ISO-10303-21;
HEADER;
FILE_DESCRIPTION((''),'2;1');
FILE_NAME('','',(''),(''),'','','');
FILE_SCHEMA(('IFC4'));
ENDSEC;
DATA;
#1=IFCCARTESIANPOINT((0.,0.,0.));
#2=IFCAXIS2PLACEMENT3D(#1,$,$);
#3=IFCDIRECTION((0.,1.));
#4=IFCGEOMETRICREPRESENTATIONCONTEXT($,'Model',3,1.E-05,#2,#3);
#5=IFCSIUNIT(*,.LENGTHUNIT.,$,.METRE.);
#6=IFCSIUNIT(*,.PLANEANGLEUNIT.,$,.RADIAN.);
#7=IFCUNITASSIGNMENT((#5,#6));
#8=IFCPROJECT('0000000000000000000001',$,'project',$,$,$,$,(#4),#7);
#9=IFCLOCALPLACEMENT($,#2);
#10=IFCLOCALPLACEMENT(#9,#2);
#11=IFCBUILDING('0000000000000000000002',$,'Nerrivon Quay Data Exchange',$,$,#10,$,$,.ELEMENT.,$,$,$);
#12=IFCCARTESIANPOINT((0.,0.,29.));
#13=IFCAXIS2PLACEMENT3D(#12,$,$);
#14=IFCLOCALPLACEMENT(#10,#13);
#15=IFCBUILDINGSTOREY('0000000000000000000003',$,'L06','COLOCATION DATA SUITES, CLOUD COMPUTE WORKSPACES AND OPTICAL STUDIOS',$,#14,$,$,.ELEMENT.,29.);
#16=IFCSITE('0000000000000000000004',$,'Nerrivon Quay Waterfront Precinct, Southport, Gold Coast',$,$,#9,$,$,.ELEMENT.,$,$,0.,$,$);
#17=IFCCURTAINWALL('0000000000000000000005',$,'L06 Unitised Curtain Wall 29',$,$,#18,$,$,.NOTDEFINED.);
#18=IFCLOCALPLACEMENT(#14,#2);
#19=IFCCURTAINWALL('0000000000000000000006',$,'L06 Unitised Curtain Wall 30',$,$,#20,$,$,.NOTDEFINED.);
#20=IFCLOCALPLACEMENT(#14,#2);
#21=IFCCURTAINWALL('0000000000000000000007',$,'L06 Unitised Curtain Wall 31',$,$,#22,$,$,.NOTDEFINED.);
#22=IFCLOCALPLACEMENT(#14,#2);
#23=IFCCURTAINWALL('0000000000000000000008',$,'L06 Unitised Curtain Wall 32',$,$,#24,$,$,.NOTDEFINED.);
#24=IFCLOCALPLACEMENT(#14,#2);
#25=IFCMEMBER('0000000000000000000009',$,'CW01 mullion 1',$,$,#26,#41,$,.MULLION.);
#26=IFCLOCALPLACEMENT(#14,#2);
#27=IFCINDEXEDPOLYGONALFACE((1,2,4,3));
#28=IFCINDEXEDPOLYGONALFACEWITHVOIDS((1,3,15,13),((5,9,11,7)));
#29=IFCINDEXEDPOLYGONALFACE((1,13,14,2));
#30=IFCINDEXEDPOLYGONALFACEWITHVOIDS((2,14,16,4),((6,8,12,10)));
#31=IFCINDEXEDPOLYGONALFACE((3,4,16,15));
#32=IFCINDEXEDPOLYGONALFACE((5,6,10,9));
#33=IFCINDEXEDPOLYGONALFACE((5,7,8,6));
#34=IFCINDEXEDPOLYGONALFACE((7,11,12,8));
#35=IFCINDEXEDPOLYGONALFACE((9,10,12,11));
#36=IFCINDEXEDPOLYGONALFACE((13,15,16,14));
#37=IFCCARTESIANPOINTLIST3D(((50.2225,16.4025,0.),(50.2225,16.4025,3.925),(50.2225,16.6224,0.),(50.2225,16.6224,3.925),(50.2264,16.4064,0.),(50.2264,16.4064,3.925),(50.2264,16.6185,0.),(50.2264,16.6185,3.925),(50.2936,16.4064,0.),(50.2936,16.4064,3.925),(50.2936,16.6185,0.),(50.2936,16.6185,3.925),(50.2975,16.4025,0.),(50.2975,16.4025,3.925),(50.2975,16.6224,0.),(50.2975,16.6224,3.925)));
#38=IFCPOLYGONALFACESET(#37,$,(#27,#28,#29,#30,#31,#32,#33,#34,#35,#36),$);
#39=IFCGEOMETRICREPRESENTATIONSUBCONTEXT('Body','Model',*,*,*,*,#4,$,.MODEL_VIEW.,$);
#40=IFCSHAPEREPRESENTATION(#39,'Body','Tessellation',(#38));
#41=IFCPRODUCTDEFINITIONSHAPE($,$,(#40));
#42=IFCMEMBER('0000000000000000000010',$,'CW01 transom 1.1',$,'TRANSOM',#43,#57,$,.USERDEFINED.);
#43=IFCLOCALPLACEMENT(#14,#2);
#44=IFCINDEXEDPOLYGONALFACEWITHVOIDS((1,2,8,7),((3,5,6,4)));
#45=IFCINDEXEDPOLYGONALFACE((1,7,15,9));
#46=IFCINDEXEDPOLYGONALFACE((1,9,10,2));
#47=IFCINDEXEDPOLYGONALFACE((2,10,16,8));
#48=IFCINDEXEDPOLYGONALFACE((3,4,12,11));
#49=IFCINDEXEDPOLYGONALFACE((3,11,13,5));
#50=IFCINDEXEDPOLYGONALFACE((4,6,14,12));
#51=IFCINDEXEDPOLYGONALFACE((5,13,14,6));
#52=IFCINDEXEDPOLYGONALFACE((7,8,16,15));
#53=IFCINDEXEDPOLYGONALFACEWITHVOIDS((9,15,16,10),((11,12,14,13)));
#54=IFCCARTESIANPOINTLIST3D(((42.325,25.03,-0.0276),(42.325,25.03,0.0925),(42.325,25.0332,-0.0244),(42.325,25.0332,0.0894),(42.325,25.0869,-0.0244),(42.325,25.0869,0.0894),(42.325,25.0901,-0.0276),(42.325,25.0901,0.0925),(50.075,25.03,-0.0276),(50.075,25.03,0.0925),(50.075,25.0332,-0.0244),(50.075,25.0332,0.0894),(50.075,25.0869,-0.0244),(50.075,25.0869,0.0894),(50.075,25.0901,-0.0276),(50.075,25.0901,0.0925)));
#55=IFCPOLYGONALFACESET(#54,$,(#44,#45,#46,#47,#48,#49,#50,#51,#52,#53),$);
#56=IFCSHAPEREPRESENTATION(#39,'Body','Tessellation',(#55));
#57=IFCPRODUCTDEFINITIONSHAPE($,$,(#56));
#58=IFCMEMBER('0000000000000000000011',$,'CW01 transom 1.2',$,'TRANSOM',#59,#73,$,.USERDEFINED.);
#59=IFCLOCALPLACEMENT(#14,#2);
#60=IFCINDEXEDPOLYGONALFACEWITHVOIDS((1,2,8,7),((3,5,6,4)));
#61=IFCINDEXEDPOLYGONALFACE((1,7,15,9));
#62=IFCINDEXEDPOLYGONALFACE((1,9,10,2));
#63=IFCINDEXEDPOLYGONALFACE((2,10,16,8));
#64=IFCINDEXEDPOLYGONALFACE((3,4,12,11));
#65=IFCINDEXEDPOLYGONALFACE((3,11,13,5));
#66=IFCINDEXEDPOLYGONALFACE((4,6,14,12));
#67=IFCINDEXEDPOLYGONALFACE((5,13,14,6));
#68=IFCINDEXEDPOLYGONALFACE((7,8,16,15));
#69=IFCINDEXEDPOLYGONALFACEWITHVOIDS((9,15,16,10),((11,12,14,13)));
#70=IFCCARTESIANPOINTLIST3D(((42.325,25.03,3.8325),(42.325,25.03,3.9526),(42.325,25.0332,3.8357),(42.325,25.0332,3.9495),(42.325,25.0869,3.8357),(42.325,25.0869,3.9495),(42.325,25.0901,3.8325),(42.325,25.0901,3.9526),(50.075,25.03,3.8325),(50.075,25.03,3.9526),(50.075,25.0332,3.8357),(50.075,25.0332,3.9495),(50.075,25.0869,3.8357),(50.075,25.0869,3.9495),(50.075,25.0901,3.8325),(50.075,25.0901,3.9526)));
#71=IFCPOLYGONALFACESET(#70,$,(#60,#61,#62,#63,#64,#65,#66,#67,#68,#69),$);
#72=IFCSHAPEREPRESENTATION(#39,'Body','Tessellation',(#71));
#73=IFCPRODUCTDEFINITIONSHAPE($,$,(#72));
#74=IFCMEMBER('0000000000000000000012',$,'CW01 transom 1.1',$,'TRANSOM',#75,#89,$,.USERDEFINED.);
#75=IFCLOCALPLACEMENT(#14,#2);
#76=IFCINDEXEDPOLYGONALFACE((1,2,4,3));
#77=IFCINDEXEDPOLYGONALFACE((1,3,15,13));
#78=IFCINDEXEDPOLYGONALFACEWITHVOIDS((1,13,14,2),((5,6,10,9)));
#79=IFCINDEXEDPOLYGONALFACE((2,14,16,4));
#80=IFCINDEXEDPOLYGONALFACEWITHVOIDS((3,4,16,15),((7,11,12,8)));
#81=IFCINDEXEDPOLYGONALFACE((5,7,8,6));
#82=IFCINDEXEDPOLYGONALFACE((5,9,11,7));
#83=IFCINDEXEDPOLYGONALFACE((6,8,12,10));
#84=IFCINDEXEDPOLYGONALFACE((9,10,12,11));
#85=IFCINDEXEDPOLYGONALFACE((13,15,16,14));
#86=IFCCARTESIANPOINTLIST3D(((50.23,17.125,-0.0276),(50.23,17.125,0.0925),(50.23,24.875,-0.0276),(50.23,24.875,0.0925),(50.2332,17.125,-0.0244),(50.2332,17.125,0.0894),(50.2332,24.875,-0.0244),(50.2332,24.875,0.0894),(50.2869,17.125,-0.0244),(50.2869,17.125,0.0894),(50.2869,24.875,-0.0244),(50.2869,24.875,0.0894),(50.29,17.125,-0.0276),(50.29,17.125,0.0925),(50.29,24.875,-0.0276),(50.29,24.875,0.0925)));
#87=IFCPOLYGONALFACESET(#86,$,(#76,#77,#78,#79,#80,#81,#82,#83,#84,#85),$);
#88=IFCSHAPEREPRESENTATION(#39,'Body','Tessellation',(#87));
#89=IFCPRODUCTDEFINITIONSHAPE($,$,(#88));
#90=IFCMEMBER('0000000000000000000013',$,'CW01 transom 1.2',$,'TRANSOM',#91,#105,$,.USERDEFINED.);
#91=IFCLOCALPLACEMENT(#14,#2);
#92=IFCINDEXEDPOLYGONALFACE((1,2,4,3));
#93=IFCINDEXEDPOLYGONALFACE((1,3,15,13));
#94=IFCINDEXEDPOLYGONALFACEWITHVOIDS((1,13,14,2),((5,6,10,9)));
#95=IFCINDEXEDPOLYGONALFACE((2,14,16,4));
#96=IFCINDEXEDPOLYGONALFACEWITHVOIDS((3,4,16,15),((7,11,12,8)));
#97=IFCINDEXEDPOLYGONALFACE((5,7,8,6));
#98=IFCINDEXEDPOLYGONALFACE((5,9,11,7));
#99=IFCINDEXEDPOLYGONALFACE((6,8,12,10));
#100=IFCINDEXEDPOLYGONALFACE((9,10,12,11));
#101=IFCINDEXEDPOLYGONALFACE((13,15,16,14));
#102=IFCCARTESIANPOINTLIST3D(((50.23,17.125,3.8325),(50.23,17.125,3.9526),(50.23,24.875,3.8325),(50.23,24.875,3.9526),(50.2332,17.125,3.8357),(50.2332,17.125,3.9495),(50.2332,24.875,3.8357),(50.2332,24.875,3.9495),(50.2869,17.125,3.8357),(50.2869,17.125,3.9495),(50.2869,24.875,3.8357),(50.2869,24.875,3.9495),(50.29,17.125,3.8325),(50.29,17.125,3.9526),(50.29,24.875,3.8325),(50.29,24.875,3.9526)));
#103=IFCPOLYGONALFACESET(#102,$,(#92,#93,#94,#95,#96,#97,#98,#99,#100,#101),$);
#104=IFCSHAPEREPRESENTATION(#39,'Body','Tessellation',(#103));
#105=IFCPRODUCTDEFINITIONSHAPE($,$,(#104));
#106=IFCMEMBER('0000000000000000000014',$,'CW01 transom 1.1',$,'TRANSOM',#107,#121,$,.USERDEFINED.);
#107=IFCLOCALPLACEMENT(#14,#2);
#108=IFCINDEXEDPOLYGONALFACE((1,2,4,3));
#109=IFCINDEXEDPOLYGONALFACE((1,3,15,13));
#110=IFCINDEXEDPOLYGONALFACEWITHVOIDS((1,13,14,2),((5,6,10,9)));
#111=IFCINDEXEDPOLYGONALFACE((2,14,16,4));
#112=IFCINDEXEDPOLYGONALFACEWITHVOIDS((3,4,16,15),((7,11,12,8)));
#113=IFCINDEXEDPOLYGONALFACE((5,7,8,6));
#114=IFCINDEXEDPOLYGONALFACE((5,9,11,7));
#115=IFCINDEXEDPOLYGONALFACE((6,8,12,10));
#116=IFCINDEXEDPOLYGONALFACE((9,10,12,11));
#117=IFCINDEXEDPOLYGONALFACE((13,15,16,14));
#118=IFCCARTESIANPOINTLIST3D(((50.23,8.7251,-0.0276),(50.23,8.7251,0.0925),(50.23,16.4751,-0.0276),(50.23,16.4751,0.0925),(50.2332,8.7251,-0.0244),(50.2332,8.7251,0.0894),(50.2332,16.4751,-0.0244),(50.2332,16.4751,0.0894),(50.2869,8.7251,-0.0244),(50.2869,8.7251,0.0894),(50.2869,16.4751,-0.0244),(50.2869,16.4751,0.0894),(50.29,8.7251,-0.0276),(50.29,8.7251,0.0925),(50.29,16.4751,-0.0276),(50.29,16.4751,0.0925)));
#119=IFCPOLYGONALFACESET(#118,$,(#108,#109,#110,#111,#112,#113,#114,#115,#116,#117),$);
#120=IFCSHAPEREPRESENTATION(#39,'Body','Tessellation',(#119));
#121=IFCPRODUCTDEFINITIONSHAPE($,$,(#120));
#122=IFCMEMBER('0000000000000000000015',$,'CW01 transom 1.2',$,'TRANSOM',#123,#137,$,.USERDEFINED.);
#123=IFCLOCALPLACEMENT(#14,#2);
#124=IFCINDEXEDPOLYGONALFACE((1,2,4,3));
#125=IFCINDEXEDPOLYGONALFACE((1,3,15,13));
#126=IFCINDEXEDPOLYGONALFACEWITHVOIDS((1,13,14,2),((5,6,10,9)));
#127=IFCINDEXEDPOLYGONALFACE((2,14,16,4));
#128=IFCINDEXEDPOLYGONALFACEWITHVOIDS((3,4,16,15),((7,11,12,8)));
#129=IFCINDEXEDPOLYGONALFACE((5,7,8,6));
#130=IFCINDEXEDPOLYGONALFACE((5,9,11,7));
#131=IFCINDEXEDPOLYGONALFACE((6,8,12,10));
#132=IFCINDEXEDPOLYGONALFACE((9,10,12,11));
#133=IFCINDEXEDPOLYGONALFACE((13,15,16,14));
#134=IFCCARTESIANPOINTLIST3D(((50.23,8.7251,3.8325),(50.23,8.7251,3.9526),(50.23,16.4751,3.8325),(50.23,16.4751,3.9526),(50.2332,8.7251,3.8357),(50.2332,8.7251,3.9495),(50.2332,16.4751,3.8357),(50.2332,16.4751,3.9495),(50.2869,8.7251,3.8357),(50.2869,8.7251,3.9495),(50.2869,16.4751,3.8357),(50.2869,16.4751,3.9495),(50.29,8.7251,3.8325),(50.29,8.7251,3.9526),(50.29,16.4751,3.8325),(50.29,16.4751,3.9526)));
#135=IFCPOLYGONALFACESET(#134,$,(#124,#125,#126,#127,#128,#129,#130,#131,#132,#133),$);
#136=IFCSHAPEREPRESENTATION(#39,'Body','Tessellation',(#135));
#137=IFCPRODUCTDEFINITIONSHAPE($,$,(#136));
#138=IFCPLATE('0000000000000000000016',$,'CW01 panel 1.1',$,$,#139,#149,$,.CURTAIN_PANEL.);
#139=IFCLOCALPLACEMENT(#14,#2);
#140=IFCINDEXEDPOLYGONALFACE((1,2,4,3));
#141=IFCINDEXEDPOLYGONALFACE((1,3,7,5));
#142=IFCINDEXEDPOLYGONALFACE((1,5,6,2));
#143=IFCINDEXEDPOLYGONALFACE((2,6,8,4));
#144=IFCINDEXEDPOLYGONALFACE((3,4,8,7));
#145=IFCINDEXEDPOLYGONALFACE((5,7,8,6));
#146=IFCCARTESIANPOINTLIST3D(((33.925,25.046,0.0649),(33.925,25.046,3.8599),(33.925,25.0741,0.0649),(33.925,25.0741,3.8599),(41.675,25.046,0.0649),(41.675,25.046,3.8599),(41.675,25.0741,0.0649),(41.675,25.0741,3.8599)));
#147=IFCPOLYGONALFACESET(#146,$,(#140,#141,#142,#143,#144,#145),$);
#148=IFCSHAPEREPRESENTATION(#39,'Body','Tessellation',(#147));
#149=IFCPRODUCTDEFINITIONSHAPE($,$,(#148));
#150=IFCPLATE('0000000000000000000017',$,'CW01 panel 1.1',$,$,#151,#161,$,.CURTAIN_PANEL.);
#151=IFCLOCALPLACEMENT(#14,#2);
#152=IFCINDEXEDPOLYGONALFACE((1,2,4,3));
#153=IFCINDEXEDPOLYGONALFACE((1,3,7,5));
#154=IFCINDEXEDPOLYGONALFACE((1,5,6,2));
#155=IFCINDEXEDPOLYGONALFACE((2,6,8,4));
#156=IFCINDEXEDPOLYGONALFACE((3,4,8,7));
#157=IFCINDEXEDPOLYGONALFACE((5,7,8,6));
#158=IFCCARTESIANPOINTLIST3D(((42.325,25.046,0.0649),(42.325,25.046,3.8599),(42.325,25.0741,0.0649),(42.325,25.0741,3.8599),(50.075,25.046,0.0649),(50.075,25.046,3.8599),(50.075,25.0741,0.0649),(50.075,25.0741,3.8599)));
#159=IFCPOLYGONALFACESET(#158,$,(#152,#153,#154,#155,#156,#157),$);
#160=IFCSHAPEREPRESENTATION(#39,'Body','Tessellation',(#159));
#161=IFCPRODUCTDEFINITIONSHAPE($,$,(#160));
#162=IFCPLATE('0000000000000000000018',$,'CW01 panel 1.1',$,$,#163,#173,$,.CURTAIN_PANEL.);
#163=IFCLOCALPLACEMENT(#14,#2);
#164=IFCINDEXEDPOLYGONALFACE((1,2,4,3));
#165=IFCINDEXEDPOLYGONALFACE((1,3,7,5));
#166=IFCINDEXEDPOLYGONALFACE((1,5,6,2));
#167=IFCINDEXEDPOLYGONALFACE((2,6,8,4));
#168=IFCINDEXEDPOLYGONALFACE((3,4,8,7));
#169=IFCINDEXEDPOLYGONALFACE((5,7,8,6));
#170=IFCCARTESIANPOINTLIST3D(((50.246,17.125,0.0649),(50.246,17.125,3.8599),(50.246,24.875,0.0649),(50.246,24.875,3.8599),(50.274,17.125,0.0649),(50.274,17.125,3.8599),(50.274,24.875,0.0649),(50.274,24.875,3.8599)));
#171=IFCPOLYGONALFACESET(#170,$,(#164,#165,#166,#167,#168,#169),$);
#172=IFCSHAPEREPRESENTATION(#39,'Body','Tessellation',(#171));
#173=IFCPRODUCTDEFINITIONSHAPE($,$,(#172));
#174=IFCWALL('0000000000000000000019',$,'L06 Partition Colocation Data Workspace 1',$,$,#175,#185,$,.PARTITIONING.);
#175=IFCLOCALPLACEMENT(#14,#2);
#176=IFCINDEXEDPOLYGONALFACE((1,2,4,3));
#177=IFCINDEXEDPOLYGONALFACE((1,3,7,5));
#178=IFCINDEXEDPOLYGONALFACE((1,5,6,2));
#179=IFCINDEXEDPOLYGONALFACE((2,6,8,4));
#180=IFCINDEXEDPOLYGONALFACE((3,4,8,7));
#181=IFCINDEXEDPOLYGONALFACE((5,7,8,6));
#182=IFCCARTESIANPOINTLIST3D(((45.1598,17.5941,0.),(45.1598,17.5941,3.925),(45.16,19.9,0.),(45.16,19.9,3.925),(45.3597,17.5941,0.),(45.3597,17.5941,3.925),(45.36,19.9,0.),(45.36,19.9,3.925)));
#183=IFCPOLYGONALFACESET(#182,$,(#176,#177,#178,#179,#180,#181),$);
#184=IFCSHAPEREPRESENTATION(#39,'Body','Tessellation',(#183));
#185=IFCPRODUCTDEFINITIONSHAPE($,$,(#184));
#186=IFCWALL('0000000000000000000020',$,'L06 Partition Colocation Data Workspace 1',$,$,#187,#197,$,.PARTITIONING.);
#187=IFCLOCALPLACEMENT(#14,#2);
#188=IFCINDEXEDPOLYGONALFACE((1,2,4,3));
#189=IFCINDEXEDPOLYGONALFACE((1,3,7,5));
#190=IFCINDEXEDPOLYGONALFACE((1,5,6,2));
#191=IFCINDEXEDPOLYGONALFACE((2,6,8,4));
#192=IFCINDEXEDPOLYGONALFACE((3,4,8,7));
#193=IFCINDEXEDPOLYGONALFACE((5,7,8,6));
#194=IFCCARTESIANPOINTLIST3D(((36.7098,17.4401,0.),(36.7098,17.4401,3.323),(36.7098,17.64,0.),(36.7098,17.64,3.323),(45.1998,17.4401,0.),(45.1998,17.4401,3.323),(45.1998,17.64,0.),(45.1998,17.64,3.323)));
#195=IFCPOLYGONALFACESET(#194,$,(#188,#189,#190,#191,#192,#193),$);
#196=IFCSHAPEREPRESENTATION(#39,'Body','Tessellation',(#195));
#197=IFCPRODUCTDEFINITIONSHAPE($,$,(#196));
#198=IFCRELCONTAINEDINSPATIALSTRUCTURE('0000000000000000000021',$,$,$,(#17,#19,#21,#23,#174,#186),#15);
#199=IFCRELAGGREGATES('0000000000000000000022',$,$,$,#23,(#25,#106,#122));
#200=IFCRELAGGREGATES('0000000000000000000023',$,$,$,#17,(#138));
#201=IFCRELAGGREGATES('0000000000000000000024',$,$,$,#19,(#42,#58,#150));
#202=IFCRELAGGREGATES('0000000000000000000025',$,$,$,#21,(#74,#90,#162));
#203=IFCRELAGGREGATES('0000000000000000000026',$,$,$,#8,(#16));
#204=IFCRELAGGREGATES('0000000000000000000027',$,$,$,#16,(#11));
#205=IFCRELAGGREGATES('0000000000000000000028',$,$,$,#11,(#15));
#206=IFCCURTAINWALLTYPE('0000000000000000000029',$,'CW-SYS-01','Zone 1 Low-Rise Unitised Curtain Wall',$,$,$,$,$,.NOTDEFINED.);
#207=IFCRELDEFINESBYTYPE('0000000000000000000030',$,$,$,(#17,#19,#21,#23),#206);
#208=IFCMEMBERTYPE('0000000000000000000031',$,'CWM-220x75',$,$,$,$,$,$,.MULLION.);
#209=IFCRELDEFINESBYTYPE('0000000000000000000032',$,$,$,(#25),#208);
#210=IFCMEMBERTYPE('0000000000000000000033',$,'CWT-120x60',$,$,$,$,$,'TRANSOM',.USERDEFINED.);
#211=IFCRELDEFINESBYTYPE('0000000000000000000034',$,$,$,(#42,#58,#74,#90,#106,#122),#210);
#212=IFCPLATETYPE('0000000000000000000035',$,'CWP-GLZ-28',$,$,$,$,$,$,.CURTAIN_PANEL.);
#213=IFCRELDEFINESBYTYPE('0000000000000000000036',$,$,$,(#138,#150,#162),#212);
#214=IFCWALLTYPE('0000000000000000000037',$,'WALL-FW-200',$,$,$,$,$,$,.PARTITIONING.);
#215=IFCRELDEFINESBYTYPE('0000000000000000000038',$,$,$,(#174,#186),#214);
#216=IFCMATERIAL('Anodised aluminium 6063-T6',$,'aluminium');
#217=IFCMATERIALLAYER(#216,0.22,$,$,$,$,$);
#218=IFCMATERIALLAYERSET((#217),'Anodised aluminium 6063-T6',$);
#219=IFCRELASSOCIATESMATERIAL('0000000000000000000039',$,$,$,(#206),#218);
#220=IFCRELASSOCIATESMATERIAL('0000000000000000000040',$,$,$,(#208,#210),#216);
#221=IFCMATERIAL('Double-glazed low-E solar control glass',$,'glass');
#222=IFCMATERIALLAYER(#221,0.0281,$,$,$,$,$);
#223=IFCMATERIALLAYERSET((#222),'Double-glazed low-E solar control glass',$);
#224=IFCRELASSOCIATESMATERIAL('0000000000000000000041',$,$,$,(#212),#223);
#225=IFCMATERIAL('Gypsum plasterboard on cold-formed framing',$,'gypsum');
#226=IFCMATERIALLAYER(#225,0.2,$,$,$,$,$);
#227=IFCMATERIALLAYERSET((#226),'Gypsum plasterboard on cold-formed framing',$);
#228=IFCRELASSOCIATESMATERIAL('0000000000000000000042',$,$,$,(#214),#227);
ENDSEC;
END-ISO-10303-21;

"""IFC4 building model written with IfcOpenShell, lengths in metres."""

from ifc_helpers import new_model, si_unit, direction, frame, frame_2d, origin, origin_2d, place, context, subcontext, project, spatial, rectangle, hollow_rectangle, extrude, material, layer, layer_set, material_profile, profile_set, type_object, element, aggregate, save


model = new_model("IFC4")

# Units and contexts
model_context = context("Model", 3, precision=1e-05, world=origin(), true_north=direction((0.0, 1.0)))
body_context = subcontext(model_context, "Body", "Model", "MODEL_VIEW")
ifc_project = project(units=[si_unit("LENGTHUNIT", "METRE"), si_unit("PLANEANGLEUNIT", "RADIAN")], contexts=[model_context])

# Site, building, storey
site_placement = place(None, origin())
site = spatial("IfcSite", under=ifc_project, at=site_placement, Name="Nerrivon Quay Waterfront Precinct, Southport, Gold Coast", CompositionType="ELEMENT", RefElevation=0.0)
building_placement = place(site_placement, origin())
building = spatial("IfcBuilding", under=site, at=building_placement, Name="Nerrivon Quay Data Exchange", CompositionType="ELEMENT")
storey_placement = place(building_placement, frame((0.0, 0.0, 29.0)))
storey = spatial("IfcBuildingStorey", under=building, at=storey_placement, Name="L06", Description="COLOCATION DATA SUITES, CLOUD COMPUTE WORKSPACES AND OPTICAL STUDIOS", CompositionType="ELEMENT", Elevation=29.0)

# Curtain wall
ifc_material_1 = material(Name="Anodised aluminium 6063-T6", Category="aluminium")
ifc_layer_1 = layer(ifc_material_1, 0.22)
ifc_layer_set_1 = layer_set([ifc_layer_1], Name="Anodised aluminium 6063-T6")
curtain_wall_type = type_object("IfcCurtainWallType", Name="CW-SYS-01", Description="Zone 1 Low-Rise Unitised Curtain Wall", PredefinedType="NOTDEFINED", material=ifc_layer_set_1)
curtain_wall_1_placement = place(storey_placement, origin())
curtain_wall_1 = element("IfcCurtainWall", 1, at=curtain_wall_1_placement, inside=storey, type_object=curtain_wall_type, Name="L06 Unitised Curtain Wall 29", PredefinedType="NOTDEFINED")
ifc_material_profile_1 = material_profile(ifc_material_1, hollow_rectangle(XDim=0.075, YDim=0.22, WallThickness=0.0039, at=origin_2d()), Name="ALU-MULL-220x75")
ifc_profile_set_1 = profile_set([ifc_material_profile_1], Name="Anodised aluminium 6063-T6")
member_type_1 = type_object("IfcMemberType", Name="CWM-220x75", PredefinedType="MULLION", material=ifc_profile_set_1)

# Curtain walls
curtain_wall_2_placement = place(storey_placement, origin())
curtain_wall_2 = element("IfcCurtainWall", 2, at=curtain_wall_2_placement, inside=storey, type_object=curtain_wall_type, Name="L06 Unitised Curtain Wall 30", PredefinedType="NOTDEFINED")
curtain_wall_3_placement = place(storey_placement, origin())
curtain_wall_3 = element("IfcCurtainWall", 3, at=curtain_wall_3_placement, inside=storey, type_object=curtain_wall_type, Name="L06 Unitised Curtain Wall 31", PredefinedType="NOTDEFINED")

# Curtain wall, member
curtain_wall_4_placement = place(storey_placement, origin())
curtain_wall_4 = element("IfcCurtainWall", 4, at=curtain_wall_4_placement, inside=storey, type_object=curtain_wall_type, Name="L06 Unitised Curtain Wall 32", PredefinedType="NOTDEFINED")
member_1_placement = place(storey_placement, frame((50.26, 16.5125, 0.0), z_axis=(0.0, 0.0, 1.0), x_axis=(1.0, 0.0, 0.0)))
member_1 = element("IfcMember", 5, at=member_1_placement, type_object=member_type_1, Name="CW01 mullion 1", PredefinedType="MULLION", context=body_context, shape_type="SweptSolid", body=[
    extrude(hollow_rectangle(XDim=0.075, YDim=0.22, WallThickness=0.0039, at=origin_2d()), origin(), (0.0, 0.0, 1.0), 3.925),
])

# Members
ifc_material_profile_2 = material_profile(ifc_material_1, hollow_rectangle(XDim=0.0601, YDim=0.1201, WallThickness=0.0032, at=origin_2d()), Name="ALU-TRAN-120x60")
ifc_profile_set_2 = profile_set([ifc_material_profile_2], Name="Anodised aluminium 6063-T6")
member_type_2 = type_object("IfcMemberType", Name="CWT-120x60", ElementType="TRANSOM", PredefinedType="USERDEFINED", material=ifc_profile_set_2)
member_2_placement = place(storey_placement, frame((42.325, 25.0601, 0.0325), z_axis=(1.0, 0.0, 0.0), x_axis=(0.0, 1.0, 0.0)))
member_2 = element("IfcMember", 6, at=member_2_placement, type_object=member_type_2, Name="CW01 transom 1.1", ObjectType="TRANSOM", PredefinedType="USERDEFINED", context=body_context, shape_type="SweptSolid", body=[
    extrude(hollow_rectangle(XDim=0.0601, YDim=0.1201, WallThickness=0.0032, at=origin_2d()), origin(), (0.0, 0.0, 1.0), 7.75),
])
member_3_placement = place(storey_placement, frame((42.325, 25.0601, 3.8926), z_axis=(1.0, 0.0, 0.0), x_axis=(0.0, 1.0, 0.0)))
member_3 = element("IfcMember", 7, at=member_3_placement, type_object=member_type_2, Name="CW01 transom 1.2", ObjectType="TRANSOM", PredefinedType="USERDEFINED", context=body_context, shape_type="SweptSolid", body=[
    extrude(hollow_rectangle(XDim=0.0601, YDim=0.1201, WallThickness=0.0032, at=origin_2d()), origin(), (0.0, 0.0, 1.0), 7.75),
])
member_4_placement = place(storey_placement, frame((50.26, 24.875, 0.0325), z_axis=(0.0, -1.0, 0.0), x_axis=(1.0, 0.0, 0.0)))
member_4 = element("IfcMember", 8, at=member_4_placement, type_object=member_type_2, Name="CW01 transom 1.1", ObjectType="TRANSOM", PredefinedType="USERDEFINED", context=body_context, shape_type="SweptSolid", body=[
    extrude(hollow_rectangle(XDim=0.0601, YDim=0.1201, WallThickness=0.0032, at=origin_2d()), origin(), (0.0, 0.0, 1.0), 7.75),
])
member_5_placement = place(storey_placement, frame((50.26, 24.875, 3.8926), z_axis=(0.0, -1.0, 0.0), x_axis=(1.0, 0.0, 0.0)))
member_5 = element("IfcMember", 9, at=member_5_placement, type_object=member_type_2, Name="CW01 transom 1.2", ObjectType="TRANSOM", PredefinedType="USERDEFINED", context=body_context, shape_type="SweptSolid", body=[
    extrude(hollow_rectangle(XDim=0.0601, YDim=0.1201, WallThickness=0.0032, at=origin_2d()), origin(), (0.0, 0.0, 1.0), 7.75),
])
member_6_placement = place(storey_placement, frame((50.26, 16.4751, 0.0325), z_axis=(0.0, -1.0, 0.0), x_axis=(1.0, 0.0, 0.0)))
member_6 = element("IfcMember", 10, at=member_6_placement, type_object=member_type_2, Name="CW01 transom 1.1", ObjectType="TRANSOM", PredefinedType="USERDEFINED", context=body_context, shape_type="SweptSolid", body=[
    extrude(hollow_rectangle(XDim=0.0601, YDim=0.1201, WallThickness=0.0032, at=origin_2d()), origin(), (0.0, 0.0, 1.0), 7.75),
])
member_7_placement = place(storey_placement, frame((50.26, 16.4751, 3.8926), z_axis=(0.0, -1.0, 0.0), x_axis=(1.0, 0.0, 0.0)))
member_7 = element("IfcMember", 11, at=member_7_placement, type_object=member_type_2, Name="CW01 transom 1.2", ObjectType="TRANSOM", PredefinedType="USERDEFINED", context=body_context, shape_type="SweptSolid", body=[
    extrude(hollow_rectangle(XDim=0.0601, YDim=0.1201, WallThickness=0.0032, at=origin_2d()), origin(), (0.0, 0.0, 1.0), 7.75),
])
aggregate(curtain_wall_4, [member_1, member_6, member_7])

# Plates
ifc_material_2 = material(Name="Double-glazed low-E solar control glass", Category="glass")
ifc_layer_2 = layer(ifc_material_2, 0.0281)
ifc_layer_set_2 = layer_set([ifc_layer_2], Name="Double-glazed low-E solar control glass")
plate_type = type_object("IfcPlateType", Name="CWP-GLZ-28", PredefinedType="CURTAIN_PANEL", material=ifc_layer_set_2)
plate_1_placement = place(storey_placement, frame((37.8, 25.0601, 0.0649), z_axis=(0.0, 0.0, 1.0), x_axis=(1.0, 0.0, 0.0)))
plate_1 = element("IfcPlate", 12, at=plate_1_placement, type_object=plate_type, Name="CW01 panel 1.1", PredefinedType="CURTAIN_PANEL", context=body_context, shape_type="SweptSolid", body=[
    extrude(rectangle(XDim=7.75, YDim=0.0281, at=origin_2d()), origin(), (0.0, 0.0, 1.0), 3.7949),
])
aggregate(curtain_wall_1, [plate_1])
plate_2_placement = place(storey_placement, frame((46.2, 25.0601, 0.0649), z_axis=(0.0, 0.0, 1.0), x_axis=(1.0, 0.0, 0.0)))
plate_2 = element("IfcPlate", 13, at=plate_2_placement, type_object=plate_type, Name="CW01 panel 1.1", PredefinedType="CURTAIN_PANEL", context=body_context, shape_type="SweptSolid", body=[
    extrude(rectangle(XDim=7.75, YDim=0.0281, at=origin_2d()), origin(), (0.0, 0.0, 1.0), 3.7949),
])
aggregate(curtain_wall_2, [member_2, member_3, plate_2])
plate_3_placement = place(storey_placement, frame((50.26, 21.0, 0.0649), z_axis=(0.0, 0.0, 1.0), x_axis=(0.0, -1.0, 0.0)))
plate_3 = element("IfcPlate", 14, at=plate_3_placement, type_object=plate_type, Name="CW01 panel 1.1", PredefinedType="CURTAIN_PANEL", context=body_context, shape_type="SweptSolid", body=[
    extrude(rectangle(XDim=7.75, YDim=0.0281, at=origin_2d()), origin(), (0.0, 0.0, 1.0), 3.7949),
])
aggregate(curtain_wall_3, [member_4, member_5, plate_3])

# Walls
ifc_material_3 = material(Name="Gypsum plasterboard on cold-formed framing", Category="gypsum")
ifc_layer_3 = layer(ifc_material_3, 0.2)
ifc_layer_set_3 = layer_set([ifc_layer_3], Name="Gypsum plasterboard on cold-formed framing")
wall_type = type_object("IfcWallType", Name="WALL-FW-200", PredefinedType="PARTITIONING", material=ifc_layer_set_3)
wall_1_placement = place(storey_placement, frame((45.26, 19.8999, 0.0), z_axis=(0.0, 0.0, 1.0), x_axis=(-0.000106, -1.0, 0.0)))
element("IfcWall", 15, at=wall_1_placement, inside=storey, type_object=wall_type, Name="L06 Partition Colocation Data Workspace 1", PredefinedType="PARTITIONING", context=body_context, shape_type="SweptSolid", body=[
    extrude(rectangle(XDim=2.3059, YDim=0.2, at=frame_2d((1.1528, 0.0))), origin(), (0.0, 0.0, 1.0), 3.925),
])
wall_2_placement = place(storey_placement, frame((45.2, 17.54, 0.0), z_axis=(0.0, 0.0, 1.0), x_axis=(-1.0, 0.0, 0.0)))
element("IfcWall", 16, at=wall_2_placement, inside=storey, type_object=wall_type, Name="L06 Partition Colocation Data Workspace 1", PredefinedType="PARTITIONING", context=body_context, shape_type="SweptSolid", body=[
    extrude(rectangle(XDim=8.49, YDim=0.2, at=frame_2d((4.2451, 0.0))), origin(), (0.0, 0.0, 1.0), 3.323),
])

save(model, "model.ifc")
